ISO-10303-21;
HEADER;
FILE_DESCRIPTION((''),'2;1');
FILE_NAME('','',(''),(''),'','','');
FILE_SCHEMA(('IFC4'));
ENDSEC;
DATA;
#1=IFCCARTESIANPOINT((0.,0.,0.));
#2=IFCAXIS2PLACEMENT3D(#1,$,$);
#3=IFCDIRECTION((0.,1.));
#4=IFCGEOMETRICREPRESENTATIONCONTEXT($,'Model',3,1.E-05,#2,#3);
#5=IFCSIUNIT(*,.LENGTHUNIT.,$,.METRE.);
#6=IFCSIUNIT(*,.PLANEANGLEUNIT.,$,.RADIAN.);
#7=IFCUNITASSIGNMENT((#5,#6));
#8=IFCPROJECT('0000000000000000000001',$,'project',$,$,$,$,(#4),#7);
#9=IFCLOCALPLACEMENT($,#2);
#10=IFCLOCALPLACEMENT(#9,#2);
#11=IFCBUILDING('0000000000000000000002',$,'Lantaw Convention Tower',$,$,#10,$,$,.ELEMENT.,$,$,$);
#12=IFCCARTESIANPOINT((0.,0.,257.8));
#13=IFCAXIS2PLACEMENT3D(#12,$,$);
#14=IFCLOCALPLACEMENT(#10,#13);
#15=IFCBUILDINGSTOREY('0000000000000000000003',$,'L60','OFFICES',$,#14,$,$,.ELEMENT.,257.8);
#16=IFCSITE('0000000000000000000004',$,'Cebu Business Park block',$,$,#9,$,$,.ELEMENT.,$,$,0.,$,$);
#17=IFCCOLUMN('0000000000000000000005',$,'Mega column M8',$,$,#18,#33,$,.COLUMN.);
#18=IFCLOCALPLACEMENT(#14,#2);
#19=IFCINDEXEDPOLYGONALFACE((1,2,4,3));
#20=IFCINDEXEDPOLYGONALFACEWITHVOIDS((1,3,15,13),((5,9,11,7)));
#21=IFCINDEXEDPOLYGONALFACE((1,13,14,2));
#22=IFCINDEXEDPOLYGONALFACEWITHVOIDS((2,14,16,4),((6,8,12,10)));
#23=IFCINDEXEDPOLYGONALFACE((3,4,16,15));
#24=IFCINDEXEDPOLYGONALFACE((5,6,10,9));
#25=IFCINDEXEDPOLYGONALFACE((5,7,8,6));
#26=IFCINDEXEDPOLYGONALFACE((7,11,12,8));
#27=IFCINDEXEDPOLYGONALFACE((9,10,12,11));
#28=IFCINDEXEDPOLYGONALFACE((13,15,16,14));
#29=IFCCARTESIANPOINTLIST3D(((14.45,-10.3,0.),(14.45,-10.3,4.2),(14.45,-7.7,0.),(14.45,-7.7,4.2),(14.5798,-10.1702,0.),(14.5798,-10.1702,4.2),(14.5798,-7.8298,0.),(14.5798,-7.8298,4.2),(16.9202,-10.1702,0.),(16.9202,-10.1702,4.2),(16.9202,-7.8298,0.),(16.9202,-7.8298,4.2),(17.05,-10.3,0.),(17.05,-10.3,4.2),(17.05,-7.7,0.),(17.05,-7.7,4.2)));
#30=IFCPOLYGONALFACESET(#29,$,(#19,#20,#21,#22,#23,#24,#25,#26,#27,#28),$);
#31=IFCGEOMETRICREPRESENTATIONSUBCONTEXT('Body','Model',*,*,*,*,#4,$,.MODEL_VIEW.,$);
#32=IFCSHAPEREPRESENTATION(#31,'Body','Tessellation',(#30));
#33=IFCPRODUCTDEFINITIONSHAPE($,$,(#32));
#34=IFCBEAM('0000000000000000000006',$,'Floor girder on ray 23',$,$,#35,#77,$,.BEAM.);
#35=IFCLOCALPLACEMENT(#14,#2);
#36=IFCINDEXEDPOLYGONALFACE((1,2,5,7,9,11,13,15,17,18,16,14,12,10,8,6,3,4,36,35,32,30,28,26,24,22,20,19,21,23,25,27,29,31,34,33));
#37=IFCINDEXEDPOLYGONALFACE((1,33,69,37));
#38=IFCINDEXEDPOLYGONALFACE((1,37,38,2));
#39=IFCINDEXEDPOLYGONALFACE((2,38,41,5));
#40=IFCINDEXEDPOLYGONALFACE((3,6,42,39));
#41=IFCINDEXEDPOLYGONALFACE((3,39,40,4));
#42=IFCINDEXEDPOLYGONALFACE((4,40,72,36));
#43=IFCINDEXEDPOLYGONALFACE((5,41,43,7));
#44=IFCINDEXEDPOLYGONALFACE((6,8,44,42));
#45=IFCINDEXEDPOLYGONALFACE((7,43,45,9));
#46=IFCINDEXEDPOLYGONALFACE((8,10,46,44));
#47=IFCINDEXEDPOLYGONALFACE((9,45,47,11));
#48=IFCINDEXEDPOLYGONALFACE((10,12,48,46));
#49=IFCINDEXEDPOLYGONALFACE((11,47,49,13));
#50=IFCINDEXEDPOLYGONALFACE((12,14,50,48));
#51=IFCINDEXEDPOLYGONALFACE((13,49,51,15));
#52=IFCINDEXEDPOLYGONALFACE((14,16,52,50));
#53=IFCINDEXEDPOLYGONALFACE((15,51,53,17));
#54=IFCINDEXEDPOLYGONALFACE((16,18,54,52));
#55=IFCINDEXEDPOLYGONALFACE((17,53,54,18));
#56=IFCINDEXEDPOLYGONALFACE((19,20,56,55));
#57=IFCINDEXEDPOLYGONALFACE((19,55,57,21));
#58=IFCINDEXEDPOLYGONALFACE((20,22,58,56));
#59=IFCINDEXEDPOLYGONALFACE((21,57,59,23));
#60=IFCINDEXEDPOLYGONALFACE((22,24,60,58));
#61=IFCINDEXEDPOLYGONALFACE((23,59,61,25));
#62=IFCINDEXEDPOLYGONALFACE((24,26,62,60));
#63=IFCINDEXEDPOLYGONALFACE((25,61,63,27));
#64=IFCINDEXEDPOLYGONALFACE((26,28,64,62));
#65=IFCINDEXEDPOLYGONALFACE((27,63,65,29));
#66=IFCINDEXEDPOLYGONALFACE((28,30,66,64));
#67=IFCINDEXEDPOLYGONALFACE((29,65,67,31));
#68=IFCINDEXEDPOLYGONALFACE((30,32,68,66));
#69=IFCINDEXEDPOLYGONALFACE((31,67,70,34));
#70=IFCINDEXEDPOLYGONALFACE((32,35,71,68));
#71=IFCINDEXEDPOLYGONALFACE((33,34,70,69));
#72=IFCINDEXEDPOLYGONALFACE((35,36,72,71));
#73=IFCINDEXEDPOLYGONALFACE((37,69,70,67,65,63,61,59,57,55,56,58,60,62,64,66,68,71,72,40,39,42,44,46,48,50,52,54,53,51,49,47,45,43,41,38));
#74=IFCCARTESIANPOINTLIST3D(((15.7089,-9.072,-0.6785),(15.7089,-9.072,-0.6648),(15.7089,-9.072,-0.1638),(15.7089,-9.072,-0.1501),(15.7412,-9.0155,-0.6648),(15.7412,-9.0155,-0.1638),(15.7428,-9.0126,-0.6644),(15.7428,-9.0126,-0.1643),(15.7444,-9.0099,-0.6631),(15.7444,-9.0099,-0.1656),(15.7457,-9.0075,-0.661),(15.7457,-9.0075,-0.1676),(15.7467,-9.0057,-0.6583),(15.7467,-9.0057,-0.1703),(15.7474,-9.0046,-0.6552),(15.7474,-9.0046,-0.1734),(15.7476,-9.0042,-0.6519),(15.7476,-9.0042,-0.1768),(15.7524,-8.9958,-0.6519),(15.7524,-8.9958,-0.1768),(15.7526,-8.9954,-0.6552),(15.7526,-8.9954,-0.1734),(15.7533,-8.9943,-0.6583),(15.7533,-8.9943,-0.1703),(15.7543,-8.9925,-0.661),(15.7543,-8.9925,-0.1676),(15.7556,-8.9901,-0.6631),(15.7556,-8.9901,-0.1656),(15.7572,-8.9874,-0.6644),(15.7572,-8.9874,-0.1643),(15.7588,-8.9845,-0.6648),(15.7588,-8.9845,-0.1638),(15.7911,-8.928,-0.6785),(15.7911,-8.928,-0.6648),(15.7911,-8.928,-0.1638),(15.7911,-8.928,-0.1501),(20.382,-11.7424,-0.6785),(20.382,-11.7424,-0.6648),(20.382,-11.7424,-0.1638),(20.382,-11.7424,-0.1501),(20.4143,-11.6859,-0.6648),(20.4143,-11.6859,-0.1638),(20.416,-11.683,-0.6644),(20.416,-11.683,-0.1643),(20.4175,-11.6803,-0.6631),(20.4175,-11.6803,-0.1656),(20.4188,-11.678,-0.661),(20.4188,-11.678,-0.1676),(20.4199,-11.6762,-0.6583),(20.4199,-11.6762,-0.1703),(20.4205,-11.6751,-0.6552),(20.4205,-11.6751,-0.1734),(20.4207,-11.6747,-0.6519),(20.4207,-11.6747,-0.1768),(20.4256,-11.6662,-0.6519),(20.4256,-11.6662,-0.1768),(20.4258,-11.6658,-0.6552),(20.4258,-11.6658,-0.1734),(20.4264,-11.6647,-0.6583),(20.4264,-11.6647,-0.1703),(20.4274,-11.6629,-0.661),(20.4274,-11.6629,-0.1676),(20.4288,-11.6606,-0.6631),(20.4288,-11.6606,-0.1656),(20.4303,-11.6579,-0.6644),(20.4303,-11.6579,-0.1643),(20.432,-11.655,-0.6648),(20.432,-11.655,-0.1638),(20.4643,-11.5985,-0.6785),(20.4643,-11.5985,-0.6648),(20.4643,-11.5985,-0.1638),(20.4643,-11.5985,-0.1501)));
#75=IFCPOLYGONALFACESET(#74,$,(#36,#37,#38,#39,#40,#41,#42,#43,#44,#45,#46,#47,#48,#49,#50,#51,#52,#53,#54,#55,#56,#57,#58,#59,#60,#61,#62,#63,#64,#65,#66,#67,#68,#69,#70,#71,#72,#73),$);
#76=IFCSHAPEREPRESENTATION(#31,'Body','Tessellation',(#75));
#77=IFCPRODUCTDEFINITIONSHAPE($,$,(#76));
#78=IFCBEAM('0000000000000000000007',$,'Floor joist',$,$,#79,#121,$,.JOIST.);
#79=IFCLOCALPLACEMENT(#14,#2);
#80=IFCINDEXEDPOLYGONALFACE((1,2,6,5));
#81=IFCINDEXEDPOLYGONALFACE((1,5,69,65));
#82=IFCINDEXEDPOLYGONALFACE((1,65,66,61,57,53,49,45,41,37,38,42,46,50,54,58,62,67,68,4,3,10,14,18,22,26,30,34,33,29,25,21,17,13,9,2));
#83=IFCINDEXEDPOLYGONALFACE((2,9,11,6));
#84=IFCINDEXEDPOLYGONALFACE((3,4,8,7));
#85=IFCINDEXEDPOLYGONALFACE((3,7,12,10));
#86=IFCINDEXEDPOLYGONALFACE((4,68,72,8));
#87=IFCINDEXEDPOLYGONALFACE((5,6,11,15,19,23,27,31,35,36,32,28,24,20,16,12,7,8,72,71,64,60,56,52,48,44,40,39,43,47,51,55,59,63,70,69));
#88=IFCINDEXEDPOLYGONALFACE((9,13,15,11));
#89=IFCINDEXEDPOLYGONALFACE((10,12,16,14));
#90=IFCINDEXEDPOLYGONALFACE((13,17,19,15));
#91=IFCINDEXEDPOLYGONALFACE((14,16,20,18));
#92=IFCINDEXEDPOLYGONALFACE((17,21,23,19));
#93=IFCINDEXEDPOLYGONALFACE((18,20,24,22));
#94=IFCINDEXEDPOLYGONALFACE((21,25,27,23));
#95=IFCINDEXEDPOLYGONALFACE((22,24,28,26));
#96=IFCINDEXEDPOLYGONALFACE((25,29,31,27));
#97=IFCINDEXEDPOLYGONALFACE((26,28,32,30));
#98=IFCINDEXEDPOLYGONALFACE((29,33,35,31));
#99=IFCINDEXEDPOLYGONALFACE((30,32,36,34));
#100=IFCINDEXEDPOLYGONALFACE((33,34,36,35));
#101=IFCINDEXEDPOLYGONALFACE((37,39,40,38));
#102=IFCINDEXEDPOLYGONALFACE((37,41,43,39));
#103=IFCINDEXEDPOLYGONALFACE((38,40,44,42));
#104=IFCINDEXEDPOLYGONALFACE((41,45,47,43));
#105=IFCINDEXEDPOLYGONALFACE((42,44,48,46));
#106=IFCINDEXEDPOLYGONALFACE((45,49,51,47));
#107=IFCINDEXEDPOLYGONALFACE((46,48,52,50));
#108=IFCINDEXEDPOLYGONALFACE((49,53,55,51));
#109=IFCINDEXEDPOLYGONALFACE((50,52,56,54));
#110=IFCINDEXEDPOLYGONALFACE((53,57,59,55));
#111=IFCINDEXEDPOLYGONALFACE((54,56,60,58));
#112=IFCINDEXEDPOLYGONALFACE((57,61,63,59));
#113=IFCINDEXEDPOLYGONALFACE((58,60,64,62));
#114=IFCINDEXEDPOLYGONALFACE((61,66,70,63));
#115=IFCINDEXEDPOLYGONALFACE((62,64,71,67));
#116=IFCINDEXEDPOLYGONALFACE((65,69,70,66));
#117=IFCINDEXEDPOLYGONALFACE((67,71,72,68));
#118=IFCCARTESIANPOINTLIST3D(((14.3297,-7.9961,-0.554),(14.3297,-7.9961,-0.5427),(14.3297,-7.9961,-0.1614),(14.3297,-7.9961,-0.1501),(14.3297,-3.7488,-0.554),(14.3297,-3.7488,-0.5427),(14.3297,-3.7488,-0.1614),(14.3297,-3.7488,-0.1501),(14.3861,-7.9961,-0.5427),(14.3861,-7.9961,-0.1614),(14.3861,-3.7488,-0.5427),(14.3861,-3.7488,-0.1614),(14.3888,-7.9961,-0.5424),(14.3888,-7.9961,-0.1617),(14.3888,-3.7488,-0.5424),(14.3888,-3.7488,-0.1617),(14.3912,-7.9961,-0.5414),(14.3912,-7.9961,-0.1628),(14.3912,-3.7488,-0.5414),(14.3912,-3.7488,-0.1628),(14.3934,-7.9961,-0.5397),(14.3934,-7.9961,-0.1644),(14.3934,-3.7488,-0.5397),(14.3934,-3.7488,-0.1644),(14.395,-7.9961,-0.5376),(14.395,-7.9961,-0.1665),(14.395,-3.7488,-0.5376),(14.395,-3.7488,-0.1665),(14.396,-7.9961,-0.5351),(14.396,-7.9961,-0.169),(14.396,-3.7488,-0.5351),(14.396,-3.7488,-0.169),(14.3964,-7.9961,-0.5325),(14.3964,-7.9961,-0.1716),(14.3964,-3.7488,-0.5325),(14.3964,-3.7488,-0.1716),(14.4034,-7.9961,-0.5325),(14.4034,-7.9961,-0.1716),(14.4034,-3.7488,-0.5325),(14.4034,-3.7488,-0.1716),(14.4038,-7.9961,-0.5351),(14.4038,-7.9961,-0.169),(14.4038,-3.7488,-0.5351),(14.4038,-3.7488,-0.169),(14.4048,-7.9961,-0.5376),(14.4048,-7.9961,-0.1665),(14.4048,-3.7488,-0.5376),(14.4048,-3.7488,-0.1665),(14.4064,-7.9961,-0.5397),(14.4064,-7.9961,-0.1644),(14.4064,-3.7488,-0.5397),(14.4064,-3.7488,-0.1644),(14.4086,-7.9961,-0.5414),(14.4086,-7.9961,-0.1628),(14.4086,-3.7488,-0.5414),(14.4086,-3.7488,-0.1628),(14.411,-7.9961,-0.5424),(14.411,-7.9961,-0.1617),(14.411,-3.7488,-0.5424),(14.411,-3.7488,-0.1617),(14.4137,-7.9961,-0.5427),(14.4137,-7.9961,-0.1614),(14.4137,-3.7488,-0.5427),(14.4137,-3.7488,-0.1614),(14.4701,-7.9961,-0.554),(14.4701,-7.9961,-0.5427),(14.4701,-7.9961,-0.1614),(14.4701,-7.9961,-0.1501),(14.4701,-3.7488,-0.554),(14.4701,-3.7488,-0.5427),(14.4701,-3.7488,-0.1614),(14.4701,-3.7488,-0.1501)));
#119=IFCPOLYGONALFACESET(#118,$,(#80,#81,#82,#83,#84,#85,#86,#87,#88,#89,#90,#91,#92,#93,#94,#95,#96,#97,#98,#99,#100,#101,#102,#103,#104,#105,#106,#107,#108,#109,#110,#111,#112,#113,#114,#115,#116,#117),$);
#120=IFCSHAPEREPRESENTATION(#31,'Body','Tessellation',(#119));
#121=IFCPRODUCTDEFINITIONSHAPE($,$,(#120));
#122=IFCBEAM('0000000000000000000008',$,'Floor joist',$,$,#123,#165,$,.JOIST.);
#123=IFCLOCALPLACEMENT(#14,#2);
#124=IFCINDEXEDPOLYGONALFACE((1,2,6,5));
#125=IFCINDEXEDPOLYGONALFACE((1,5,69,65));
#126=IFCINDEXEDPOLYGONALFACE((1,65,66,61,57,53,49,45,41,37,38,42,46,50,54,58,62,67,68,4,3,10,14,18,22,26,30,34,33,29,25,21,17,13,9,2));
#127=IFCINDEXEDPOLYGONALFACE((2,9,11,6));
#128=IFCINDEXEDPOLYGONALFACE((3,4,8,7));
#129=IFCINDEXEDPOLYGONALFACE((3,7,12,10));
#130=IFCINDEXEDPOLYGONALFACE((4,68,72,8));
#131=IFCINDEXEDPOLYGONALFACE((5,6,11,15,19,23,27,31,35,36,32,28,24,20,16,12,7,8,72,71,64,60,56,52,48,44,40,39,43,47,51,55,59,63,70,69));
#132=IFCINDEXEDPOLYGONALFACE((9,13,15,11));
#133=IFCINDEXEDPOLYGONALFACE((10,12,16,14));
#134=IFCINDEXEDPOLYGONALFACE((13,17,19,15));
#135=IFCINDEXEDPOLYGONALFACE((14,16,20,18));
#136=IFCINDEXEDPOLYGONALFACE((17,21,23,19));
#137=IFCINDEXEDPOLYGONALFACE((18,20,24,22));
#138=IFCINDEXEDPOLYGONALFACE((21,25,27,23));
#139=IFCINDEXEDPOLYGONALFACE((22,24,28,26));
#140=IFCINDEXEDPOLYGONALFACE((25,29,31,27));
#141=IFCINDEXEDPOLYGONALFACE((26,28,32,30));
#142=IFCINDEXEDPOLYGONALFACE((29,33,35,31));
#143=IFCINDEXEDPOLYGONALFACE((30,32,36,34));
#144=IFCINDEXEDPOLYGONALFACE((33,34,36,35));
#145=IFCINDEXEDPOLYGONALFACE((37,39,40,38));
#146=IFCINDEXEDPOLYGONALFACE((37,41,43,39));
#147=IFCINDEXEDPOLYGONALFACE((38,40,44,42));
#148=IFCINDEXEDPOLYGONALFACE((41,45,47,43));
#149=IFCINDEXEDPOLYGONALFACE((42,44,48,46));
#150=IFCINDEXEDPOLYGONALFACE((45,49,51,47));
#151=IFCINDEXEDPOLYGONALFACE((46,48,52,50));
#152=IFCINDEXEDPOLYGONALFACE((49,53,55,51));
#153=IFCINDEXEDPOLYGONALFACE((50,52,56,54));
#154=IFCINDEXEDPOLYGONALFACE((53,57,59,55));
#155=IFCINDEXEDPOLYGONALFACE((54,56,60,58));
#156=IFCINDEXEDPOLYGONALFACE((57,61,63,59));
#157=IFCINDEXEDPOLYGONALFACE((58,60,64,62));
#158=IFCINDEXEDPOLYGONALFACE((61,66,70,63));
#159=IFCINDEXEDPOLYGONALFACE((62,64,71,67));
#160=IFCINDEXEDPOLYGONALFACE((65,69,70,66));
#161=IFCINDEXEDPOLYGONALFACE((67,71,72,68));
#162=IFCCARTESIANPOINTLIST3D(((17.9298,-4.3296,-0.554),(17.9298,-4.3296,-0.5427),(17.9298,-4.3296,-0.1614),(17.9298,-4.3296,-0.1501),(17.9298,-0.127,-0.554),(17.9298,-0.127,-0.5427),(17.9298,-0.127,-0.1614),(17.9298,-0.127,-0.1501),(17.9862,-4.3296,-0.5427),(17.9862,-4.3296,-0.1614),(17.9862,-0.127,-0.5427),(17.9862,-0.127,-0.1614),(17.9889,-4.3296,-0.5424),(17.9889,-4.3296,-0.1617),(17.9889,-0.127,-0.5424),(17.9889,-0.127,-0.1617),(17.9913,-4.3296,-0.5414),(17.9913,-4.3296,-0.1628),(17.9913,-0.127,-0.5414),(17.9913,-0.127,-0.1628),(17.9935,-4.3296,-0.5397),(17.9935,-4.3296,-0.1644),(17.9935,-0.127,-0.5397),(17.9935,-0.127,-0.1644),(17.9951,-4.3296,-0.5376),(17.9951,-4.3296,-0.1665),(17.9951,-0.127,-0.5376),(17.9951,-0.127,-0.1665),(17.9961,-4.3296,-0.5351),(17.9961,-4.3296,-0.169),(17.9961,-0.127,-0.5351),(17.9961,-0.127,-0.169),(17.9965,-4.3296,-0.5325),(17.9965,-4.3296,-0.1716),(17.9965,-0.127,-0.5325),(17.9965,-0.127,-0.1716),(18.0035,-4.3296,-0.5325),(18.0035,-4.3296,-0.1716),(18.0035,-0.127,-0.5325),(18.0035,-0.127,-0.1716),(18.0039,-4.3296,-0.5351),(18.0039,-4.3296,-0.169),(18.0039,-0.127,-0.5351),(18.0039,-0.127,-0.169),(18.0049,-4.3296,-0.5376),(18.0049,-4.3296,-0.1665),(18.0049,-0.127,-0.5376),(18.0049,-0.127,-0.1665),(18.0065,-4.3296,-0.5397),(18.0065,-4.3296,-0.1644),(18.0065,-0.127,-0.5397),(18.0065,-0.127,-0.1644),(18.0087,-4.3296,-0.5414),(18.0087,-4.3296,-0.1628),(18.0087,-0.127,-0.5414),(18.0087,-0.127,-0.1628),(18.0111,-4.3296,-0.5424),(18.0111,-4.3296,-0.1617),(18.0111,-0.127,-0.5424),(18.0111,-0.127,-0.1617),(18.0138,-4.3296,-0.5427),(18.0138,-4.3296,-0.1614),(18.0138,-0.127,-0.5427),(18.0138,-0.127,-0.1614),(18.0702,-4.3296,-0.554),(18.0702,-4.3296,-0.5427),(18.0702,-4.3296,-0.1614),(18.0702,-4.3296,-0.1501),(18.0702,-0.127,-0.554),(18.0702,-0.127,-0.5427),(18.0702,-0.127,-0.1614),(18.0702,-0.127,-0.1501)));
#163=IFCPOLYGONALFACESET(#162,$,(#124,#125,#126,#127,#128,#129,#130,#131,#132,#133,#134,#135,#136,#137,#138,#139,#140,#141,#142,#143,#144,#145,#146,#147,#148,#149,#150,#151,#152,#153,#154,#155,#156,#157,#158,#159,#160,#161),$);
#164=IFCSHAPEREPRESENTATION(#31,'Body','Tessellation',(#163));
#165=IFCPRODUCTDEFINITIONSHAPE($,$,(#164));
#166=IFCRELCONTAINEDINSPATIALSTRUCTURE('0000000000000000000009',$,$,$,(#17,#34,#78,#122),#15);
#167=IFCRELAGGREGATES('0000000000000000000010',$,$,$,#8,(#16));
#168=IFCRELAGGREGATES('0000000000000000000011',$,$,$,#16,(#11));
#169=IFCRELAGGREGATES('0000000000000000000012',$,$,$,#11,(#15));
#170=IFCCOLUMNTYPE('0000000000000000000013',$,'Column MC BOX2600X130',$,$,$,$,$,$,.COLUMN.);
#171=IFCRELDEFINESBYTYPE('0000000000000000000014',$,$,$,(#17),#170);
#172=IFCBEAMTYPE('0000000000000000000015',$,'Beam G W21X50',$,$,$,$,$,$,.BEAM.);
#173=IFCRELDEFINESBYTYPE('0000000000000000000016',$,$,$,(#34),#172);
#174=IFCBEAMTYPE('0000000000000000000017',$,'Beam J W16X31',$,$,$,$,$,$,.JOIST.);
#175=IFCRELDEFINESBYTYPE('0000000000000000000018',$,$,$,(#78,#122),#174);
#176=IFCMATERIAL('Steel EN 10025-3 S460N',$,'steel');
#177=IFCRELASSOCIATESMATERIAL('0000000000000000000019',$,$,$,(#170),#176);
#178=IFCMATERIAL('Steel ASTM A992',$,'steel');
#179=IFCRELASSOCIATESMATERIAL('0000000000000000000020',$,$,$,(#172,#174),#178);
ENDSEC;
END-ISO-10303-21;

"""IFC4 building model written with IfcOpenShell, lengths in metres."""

from ifc_helpers import new_model, si_unit, direction, frame, origin, origin_2d, place, context, subcontext, project, spatial, rectangle, hollow_rectangle, i_section, extrude, material, material_profile, profile_set, type_object, element, save


model = new_model("IFC4")

# Units and contexts
model_context = context("Model", 3, precision=1e-05, world=origin(), true_north=direction((0.0, 1.0)))
body_context = subcontext(model_context, "Body", "Model", "MODEL_VIEW")
ifc_project = project(units=[si_unit("LENGTHUNIT", "METRE"), si_unit("PLANEANGLEUNIT", "RADIAN")], contexts=[model_context])

# Site, building, storey
site_placement = place(None, origin())
site = spatial("IfcSite", under=ifc_project, at=site_placement, Name="Cebu Business Park block", CompositionType="ELEMENT", RefElevation=0.0)
building_placement = place(site_placement, origin())
building = spatial("IfcBuilding", under=site, at=building_placement, Name="Lantaw Convention Tower", CompositionType="ELEMENT")
storey_placement = place(building_placement, frame((0.0, 0.0, 257.8)))
storey = spatial("IfcBuildingStorey", under=building, at=storey_placement, Name="L60", Description="OFFICES", CompositionType="ELEMENT", Elevation=257.8)

# Column
ifc_material_1 = material(Name="Steel EN 10025-3 S460N", Category="steel")
ifc_material_profile_1 = material_profile(ifc_material_1, hollow_rectangle(XDim=2.6001, YDim=2.6001, WallThickness=0.1299, at=origin_2d()), Name="BOX2600X130")
ifc_material_2 = material(Name="Concrete C60/75", Category="concrete")
ifc_material_profile_2 = material_profile(ifc_material_2, rectangle(XDim=2.3401, YDim=2.3401, at=origin_2d()), Name="Concrete fill of BOX2600X130")
ifc_profile_set_1 = profile_set([ifc_material_profile_1, ifc_material_profile_2], Name="Steel EN 10025-3 S460N")
column_type = type_object("IfcColumnType", Name="Column MC BOX2600X130", PredefinedType="COLUMN", material=ifc_profile_set_1)
column_placement = place(storey_placement, frame((15.75, -9.0, 0.0), z_axis=(0.0, 0.0, 1.0), x_axis=(1.0, 0.0, 0.0)))
element("IfcColumn", 1, at=column_placement, inside=storey, type_object=column_type, Name="Mega column M8", PredefinedType="COLUMN", context=body_context, shape_type="SweptSolid", body=[
    extrude(hollow_rectangle(XDim=2.6001, YDim=2.6001, WallThickness=0.1299, at=origin_2d()), origin(), (0.0, 0.0, 1.0), 4.2),
])

# Beams
ifc_material_3 = material(Name="Steel ASTM A992", Category="steel")
ifc_material_profile_3 = material_profile(ifc_material_3, i_section(OverallWidth=0.1658, OverallDepth=0.5283, WebThickness=0.0098, FlangeThickness=0.0137, FilletRadius=0.0129, at=origin_2d()), Name="W21X50")
ifc_profile_set_2 = profile_set([ifc_material_profile_3], Name="Steel ASTM A992")
beam_type_1 = type_object("IfcBeamType", Name="Beam G W21X50", PredefinedType="BEAM", material=ifc_profile_set_2)
beam_1_placement = place(storey_placement, frame((15.75, -9.0, -0.4143), z_axis=(0.868238, -0.496149, 0.0), x_axis=(0.496149, 0.868238, 0.0)))
element("IfcBeam", 2, at=beam_1_placement, inside=storey, type_object=beam_type_1, Name="Floor girder on ray 23", PredefinedType="BEAM", context=body_context, shape_type="SweptSolid", body=[
    extrude(i_section(OverallWidth=0.1658, OverallDepth=0.5283, WebThickness=0.0098, FlangeThickness=0.0137, FilletRadius=0.0129, at=origin_2d()), origin(), (0.0, 0.0, 1.0), 5.3823),
])
ifc_material_profile_4 = material_profile(ifc_material_3, i_section(OverallWidth=0.1404, OverallDepth=0.4038, WebThickness=0.0071, FlangeThickness=0.0112, FilletRadius=0.0103, at=origin_2d()), Name="W16X31")
ifc_profile_set_3 = profile_set([ifc_material_profile_4], Name="Steel ASTM A992")
beam_type_2 = type_object("IfcBeamType", Name="Beam J W16X31", PredefinedType="JOIST", material=ifc_profile_set_3)
beam_2_placement = place(storey_placement, frame((14.3999, -7.9961, -0.3521), z_axis=(0.0, 1.0, 0.0), x_axis=(-1.0, 0.0, 0.0)))
element("IfcBeam", 3, at=beam_2_placement, inside=storey, type_object=beam_type_2, Name="Floor joist", PredefinedType="JOIST", context=body_context, shape_type="SweptSolid", body=[
    extrude(i_section(OverallWidth=0.1404, OverallDepth=0.4038, WebThickness=0.0071, FlangeThickness=0.0112, FilletRadius=0.0103, at=origin_2d()), origin(), (0.0, 0.0, 1.0), 4.2473),
])
beam_3_placement = place(storey_placement, frame((18.0, -4.3296, -0.3521), z_axis=(0.0, 1.0, 0.0), x_axis=(-1.0, 0.0, 0.0)))
element("IfcBeam", 4, at=beam_3_placement, inside=storey, type_object=beam_type_2, Name="Floor joist", PredefinedType="JOIST", context=body_context, shape_type="SweptSolid", body=[
    extrude(i_section(OverallWidth=0.1404, OverallDepth=0.4038, WebThickness=0.0071, FlangeThickness=0.0112, FilletRadius=0.0103, at=origin_2d()), origin(), (0.0, 0.0, 1.0), 4.2026),
])

save(model, "model.ifc")
